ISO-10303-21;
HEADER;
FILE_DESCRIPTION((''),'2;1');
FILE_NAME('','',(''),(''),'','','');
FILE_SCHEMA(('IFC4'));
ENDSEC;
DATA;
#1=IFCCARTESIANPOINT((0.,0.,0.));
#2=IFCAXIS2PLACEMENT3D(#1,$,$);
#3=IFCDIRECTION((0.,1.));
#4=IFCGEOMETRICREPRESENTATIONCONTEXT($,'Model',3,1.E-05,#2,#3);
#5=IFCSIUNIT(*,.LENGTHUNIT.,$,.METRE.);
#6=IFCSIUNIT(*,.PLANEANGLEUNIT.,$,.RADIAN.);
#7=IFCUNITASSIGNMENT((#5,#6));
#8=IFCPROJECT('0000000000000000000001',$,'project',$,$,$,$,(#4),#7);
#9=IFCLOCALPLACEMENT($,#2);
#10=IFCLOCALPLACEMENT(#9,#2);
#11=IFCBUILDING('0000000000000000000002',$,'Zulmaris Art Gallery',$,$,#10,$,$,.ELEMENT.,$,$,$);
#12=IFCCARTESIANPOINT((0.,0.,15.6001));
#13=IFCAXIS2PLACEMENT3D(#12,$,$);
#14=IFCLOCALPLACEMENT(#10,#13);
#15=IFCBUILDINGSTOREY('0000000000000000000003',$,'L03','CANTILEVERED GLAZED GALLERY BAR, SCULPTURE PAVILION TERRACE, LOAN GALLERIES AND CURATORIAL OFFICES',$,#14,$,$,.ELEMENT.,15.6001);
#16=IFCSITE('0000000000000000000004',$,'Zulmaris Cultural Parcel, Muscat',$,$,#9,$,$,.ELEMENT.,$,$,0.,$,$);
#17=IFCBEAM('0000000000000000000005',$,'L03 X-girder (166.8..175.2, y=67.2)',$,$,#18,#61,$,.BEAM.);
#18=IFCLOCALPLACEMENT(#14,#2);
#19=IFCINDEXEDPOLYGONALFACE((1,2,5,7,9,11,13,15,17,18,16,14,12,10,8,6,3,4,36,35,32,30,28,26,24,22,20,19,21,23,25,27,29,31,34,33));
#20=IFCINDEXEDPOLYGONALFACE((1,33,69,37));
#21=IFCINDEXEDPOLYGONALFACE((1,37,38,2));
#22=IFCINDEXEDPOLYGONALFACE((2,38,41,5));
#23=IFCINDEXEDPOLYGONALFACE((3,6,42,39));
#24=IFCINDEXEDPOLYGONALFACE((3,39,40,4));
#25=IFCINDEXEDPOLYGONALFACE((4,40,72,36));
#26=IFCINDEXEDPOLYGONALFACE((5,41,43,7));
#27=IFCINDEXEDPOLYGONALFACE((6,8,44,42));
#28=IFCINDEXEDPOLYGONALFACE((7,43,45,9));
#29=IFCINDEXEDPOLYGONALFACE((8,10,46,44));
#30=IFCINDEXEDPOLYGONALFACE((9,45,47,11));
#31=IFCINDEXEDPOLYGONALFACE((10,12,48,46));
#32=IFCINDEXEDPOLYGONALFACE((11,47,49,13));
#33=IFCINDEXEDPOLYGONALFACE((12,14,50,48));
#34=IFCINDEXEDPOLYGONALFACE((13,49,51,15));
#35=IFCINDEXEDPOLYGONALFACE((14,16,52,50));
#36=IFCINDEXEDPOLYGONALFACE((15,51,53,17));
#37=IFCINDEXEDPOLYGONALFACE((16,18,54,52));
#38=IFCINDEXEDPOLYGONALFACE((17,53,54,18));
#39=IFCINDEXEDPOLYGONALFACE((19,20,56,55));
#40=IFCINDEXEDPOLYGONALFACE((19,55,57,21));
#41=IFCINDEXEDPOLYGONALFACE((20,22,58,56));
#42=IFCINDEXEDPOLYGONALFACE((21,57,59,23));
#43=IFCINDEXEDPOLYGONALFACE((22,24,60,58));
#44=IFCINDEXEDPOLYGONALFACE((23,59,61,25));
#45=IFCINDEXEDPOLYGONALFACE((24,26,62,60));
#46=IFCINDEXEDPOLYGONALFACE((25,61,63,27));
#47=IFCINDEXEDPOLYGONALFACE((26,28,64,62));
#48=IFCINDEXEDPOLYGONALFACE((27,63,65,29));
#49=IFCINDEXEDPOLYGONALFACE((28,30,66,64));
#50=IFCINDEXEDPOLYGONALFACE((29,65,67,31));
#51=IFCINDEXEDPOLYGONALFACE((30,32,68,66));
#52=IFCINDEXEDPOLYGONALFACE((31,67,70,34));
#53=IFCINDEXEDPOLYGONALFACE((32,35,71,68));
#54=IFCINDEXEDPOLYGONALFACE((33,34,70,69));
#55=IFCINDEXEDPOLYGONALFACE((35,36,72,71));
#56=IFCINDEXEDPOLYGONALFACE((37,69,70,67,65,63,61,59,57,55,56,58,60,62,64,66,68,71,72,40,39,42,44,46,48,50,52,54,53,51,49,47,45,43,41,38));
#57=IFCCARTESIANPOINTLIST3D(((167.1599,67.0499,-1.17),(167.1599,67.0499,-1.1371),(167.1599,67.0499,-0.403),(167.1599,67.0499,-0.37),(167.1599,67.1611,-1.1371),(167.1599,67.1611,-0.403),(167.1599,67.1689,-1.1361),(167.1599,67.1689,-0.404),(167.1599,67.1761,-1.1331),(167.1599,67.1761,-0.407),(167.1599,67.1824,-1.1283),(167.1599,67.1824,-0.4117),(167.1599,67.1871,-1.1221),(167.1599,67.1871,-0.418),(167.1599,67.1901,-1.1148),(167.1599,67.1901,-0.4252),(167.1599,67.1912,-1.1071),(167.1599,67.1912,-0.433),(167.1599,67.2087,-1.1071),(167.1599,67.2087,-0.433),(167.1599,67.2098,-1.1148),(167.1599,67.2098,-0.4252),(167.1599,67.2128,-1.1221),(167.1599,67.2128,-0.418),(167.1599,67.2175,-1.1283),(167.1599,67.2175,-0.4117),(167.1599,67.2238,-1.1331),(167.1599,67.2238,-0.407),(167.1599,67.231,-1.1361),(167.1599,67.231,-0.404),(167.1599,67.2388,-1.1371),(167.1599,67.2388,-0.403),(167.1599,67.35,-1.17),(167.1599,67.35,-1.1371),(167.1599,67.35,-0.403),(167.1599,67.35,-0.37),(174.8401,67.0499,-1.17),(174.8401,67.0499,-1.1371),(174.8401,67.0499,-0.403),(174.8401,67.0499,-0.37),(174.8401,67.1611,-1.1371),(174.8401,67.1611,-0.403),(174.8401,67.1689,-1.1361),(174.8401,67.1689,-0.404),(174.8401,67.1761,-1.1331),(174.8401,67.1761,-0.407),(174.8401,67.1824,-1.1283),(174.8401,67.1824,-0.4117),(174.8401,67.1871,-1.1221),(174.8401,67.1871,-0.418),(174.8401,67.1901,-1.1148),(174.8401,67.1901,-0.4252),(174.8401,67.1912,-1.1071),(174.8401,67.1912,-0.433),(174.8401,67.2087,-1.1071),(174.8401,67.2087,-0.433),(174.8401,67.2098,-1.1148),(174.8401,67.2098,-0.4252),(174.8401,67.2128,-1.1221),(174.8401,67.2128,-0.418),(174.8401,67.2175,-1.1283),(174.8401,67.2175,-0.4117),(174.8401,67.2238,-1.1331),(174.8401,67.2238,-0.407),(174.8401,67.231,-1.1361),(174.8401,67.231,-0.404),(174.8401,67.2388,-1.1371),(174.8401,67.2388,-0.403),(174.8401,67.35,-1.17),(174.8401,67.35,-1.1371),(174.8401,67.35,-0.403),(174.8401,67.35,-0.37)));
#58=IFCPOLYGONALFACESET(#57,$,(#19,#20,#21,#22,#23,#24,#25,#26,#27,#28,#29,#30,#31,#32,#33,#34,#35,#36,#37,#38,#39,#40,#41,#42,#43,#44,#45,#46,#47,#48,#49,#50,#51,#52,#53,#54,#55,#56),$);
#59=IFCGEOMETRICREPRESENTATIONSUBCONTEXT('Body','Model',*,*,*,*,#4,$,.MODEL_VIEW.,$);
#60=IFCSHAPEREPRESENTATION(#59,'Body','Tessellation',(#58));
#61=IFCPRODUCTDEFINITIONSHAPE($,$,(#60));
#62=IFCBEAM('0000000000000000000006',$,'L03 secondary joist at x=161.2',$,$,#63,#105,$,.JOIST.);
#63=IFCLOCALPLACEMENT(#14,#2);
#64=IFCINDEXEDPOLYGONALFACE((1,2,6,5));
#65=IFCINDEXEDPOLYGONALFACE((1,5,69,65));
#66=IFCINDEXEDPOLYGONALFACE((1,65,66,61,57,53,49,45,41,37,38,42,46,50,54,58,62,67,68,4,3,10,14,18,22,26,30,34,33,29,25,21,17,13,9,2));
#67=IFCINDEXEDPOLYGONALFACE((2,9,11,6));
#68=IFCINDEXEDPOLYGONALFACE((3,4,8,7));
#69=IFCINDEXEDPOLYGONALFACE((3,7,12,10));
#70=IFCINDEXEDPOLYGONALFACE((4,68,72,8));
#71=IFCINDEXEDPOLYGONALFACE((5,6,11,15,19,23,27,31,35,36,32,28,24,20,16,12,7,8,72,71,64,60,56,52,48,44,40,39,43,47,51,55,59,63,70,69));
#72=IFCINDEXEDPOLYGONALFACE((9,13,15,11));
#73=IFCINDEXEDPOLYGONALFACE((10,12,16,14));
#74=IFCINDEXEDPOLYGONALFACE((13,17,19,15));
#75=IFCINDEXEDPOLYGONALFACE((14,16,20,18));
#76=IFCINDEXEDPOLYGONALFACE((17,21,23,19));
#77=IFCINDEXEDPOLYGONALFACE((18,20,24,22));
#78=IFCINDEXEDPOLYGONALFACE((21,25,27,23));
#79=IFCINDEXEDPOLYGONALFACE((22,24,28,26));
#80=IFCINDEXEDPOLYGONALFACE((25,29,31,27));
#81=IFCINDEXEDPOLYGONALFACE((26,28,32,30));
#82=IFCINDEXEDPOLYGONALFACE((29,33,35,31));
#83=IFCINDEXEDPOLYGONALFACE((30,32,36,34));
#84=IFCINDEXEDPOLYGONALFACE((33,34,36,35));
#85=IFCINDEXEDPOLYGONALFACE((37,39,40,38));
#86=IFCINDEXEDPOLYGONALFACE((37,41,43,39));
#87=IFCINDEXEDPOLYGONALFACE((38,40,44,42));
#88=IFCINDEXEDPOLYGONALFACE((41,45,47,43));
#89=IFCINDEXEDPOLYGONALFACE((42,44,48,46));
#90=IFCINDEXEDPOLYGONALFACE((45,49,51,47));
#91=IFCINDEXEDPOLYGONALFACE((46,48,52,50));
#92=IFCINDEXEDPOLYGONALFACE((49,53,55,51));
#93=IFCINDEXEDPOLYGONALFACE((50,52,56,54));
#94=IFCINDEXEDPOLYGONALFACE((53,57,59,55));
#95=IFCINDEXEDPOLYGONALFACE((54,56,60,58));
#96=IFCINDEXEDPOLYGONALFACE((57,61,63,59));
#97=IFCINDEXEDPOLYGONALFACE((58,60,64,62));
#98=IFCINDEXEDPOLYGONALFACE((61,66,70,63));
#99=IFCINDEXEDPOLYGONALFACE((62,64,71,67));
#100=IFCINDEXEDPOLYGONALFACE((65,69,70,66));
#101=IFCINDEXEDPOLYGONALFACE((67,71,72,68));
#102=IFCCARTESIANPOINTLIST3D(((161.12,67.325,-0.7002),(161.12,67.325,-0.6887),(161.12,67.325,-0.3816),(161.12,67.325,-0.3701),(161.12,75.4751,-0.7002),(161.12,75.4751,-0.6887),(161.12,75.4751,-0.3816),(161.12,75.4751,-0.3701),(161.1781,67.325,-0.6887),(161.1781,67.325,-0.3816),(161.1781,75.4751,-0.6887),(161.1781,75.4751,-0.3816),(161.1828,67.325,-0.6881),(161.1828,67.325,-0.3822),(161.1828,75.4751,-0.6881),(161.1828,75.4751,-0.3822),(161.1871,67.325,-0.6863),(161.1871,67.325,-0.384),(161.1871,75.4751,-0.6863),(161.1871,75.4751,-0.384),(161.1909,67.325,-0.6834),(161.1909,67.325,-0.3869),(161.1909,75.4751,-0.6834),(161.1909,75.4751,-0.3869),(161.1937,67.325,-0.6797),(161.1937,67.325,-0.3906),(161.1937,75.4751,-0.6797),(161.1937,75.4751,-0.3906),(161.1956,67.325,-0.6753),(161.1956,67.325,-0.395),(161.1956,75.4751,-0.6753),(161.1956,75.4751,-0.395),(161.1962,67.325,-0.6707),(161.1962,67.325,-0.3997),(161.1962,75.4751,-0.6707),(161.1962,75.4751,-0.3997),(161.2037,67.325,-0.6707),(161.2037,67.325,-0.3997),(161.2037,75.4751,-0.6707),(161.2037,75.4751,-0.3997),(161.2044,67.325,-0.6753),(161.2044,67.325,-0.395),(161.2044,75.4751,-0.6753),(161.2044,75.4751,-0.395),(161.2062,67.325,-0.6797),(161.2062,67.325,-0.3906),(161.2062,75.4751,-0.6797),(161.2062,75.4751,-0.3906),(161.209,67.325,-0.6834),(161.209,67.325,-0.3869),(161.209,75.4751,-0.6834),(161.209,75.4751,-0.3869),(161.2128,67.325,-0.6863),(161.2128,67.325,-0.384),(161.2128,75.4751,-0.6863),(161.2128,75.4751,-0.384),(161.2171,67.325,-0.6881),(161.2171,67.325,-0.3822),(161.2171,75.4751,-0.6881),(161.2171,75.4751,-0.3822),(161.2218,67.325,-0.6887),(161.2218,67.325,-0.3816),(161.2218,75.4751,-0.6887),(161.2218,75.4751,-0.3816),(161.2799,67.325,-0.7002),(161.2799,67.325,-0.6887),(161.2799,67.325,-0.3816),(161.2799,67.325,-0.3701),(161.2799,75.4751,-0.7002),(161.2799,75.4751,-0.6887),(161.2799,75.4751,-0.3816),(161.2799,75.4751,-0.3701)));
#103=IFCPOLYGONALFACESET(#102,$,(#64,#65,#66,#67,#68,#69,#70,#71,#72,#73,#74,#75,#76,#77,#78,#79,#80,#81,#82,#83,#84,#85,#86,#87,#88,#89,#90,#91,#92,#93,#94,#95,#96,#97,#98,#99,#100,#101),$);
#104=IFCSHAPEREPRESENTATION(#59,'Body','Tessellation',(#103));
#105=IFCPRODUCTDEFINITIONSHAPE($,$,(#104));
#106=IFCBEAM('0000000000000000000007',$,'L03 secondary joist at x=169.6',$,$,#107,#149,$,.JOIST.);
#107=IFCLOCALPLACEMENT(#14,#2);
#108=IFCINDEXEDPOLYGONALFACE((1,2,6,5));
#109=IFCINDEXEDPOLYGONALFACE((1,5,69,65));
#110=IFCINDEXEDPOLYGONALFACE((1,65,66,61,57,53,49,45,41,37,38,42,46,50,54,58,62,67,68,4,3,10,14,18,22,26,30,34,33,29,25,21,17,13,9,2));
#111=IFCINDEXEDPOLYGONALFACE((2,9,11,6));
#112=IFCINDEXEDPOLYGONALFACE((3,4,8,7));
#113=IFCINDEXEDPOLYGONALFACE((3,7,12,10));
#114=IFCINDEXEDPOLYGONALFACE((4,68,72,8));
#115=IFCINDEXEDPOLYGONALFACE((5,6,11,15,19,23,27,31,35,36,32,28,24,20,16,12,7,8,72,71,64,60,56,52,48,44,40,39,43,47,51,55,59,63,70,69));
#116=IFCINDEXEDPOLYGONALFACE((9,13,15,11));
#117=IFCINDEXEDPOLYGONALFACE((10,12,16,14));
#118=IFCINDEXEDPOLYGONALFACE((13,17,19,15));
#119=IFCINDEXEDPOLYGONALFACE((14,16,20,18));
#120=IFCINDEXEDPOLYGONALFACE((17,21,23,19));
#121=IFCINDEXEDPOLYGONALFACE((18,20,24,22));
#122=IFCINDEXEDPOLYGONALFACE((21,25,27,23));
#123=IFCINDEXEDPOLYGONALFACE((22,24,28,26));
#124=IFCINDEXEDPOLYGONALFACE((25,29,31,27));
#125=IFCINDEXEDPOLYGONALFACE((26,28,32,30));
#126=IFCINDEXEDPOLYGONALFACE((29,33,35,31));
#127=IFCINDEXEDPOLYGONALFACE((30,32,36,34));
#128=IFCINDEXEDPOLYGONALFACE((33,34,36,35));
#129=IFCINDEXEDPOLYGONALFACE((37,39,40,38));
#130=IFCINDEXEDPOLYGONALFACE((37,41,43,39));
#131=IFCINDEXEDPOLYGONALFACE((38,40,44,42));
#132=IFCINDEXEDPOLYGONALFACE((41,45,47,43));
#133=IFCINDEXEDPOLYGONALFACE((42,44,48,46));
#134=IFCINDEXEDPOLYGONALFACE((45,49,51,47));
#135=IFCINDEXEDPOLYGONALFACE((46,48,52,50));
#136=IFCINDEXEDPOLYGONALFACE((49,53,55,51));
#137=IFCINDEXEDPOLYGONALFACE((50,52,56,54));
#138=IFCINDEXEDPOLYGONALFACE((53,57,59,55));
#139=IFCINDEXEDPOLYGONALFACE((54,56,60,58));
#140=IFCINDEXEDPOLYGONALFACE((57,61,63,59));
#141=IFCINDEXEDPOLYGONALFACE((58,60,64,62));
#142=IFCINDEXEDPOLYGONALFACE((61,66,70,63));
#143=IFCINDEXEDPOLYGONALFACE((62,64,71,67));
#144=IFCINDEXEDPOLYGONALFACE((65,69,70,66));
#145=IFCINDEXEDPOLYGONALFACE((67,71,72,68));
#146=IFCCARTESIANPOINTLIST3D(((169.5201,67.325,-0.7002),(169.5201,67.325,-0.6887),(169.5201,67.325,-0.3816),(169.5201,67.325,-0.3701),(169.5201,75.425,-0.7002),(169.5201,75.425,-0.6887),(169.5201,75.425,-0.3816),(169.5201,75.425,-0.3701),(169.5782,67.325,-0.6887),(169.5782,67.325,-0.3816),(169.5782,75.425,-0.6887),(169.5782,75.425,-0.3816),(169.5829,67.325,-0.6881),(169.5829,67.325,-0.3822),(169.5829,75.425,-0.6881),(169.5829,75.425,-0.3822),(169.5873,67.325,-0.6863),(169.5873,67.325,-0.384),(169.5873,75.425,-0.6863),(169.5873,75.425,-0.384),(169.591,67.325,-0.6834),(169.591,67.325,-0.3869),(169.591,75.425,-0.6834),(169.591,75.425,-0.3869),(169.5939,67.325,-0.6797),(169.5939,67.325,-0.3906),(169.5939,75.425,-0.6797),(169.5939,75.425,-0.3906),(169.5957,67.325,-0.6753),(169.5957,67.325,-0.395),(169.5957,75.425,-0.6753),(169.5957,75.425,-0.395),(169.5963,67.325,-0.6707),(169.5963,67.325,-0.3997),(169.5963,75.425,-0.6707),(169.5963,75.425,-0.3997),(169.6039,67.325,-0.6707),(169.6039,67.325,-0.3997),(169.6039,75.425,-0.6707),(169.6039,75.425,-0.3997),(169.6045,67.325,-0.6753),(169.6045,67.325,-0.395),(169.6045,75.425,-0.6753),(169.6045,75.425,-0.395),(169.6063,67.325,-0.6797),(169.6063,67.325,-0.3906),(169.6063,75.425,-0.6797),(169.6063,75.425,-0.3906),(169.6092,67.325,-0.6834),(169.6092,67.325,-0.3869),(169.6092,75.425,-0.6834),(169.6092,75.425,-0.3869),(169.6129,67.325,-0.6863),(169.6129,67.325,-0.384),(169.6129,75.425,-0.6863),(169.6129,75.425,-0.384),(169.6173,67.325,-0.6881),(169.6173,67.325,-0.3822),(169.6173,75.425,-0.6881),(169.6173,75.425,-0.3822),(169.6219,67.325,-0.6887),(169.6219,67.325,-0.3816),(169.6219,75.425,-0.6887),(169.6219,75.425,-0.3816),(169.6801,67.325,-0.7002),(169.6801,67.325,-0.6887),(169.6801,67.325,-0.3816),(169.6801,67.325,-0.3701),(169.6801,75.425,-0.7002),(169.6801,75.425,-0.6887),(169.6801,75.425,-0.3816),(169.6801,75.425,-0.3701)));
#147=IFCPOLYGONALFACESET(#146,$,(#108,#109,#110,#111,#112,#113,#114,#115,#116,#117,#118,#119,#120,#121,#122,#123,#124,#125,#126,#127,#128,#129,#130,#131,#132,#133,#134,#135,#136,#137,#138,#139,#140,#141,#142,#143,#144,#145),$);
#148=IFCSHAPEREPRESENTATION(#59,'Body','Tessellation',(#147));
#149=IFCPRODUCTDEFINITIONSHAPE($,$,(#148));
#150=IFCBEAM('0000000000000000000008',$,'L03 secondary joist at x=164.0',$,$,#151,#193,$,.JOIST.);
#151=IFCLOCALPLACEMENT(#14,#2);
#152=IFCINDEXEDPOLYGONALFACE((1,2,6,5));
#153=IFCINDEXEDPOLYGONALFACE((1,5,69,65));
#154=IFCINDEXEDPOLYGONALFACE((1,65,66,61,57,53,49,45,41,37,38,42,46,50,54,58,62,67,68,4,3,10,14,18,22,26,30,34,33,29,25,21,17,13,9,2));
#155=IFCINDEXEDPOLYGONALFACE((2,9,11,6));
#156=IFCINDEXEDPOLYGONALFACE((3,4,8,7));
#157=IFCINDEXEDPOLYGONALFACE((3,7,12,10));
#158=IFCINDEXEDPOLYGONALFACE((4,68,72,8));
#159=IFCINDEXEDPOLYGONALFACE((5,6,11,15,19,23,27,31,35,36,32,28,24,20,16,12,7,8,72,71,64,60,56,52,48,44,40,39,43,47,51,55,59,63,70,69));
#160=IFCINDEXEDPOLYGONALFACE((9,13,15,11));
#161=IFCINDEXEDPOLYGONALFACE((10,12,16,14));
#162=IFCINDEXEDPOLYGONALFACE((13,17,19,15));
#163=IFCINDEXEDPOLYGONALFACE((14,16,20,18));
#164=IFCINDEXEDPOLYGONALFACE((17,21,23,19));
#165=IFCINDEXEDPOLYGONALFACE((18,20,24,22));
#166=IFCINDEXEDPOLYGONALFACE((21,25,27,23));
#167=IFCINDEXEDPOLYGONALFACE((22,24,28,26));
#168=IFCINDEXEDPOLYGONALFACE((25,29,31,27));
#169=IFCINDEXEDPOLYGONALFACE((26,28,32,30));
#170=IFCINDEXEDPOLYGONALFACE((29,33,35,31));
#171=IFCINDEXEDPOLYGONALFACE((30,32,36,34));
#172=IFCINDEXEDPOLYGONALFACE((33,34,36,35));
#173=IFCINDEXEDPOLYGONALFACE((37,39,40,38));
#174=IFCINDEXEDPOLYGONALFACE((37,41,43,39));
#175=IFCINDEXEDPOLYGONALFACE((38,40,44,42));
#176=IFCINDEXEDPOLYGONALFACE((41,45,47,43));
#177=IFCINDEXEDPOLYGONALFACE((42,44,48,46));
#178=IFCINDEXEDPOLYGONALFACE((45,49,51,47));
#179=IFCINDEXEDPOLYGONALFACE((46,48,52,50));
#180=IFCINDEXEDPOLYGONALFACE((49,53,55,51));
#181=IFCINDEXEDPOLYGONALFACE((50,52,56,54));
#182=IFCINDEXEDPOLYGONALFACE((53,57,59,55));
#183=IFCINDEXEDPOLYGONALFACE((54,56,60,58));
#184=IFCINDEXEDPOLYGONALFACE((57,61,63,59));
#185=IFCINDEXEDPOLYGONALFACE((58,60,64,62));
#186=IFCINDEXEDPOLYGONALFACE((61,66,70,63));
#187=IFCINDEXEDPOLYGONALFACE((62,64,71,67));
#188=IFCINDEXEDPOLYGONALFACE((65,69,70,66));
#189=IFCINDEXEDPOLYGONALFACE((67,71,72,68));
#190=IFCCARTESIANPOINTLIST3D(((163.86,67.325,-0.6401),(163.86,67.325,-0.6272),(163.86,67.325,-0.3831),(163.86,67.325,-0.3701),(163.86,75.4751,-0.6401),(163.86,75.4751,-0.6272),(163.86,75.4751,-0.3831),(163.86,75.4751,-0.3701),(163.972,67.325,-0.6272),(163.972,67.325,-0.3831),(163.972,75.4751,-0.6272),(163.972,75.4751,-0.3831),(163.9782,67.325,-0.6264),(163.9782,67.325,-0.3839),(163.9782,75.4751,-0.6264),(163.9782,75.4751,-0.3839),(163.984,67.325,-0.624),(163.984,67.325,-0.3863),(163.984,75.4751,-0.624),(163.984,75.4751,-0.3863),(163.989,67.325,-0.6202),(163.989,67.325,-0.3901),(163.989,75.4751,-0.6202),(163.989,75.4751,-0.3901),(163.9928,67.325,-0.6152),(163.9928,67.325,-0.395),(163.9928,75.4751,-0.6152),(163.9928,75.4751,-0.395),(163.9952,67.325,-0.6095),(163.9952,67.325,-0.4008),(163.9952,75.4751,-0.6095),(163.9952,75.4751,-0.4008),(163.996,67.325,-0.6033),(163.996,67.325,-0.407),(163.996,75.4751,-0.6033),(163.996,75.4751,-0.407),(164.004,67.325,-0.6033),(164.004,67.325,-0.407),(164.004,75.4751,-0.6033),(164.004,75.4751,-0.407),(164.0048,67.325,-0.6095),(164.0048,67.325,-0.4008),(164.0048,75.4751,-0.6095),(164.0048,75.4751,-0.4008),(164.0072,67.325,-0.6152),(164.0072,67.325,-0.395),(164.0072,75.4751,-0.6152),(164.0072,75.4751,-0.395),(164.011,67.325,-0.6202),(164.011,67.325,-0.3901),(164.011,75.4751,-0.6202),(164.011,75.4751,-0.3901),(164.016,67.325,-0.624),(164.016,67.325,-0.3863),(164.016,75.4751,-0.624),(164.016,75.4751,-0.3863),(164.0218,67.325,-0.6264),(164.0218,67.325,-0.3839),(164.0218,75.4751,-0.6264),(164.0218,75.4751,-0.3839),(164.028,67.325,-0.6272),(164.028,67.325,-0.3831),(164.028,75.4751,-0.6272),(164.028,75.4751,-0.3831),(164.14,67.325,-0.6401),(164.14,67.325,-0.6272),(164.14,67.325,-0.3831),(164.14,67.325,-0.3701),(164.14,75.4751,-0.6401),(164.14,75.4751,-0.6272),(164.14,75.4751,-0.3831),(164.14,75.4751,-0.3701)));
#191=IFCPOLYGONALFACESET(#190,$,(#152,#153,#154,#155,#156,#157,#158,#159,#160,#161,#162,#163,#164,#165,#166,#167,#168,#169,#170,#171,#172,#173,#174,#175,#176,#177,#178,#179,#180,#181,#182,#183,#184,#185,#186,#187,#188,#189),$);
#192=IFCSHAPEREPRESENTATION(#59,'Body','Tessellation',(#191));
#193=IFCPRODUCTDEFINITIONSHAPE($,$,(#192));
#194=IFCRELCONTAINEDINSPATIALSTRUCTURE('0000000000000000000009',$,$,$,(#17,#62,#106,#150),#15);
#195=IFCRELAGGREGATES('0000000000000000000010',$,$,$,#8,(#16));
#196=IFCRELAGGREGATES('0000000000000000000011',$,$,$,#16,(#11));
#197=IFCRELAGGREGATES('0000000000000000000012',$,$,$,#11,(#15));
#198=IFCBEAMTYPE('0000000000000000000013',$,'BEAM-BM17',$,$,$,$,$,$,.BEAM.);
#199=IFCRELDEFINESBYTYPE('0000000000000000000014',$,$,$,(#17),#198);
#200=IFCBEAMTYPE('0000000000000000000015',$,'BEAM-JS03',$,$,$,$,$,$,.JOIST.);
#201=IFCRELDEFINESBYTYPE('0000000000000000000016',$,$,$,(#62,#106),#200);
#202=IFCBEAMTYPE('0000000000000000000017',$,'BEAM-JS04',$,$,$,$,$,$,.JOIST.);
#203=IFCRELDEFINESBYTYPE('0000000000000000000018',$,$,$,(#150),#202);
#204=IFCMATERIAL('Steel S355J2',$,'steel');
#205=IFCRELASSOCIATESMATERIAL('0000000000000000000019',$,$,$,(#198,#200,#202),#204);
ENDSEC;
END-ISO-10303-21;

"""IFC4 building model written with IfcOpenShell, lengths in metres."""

from ifc_helpers import new_model, si_unit, direction, frame, origin, origin_2d, place, context, subcontext, project, spatial, i_section, extrude, material, material_profile, profile_set, type_object, element, save


model = new_model("IFC4")

# Units and contexts
model_context = context("Model", 3, precision=1e-05, world=origin(), true_north=direction((0.0, 1.0)))
body_context = subcontext(model_context, "Body", "Model", "MODEL_VIEW")
ifc_project = project(units=[si_unit("LENGTHUNIT", "METRE"), si_unit("PLANEANGLEUNIT", "RADIAN")], contexts=[model_context])

# Site, building, storey
site_placement = place(None, origin())
site = spatial("IfcSite", under=ifc_project, at=site_placement, Name="Zulmaris Cultural Parcel, Muscat", CompositionType="ELEMENT", RefElevation=0.0)
building_placement = place(site_placement, origin())
building = spatial("IfcBuilding", under=site, at=building_placement, Name="Zulmaris Art Gallery", CompositionType="ELEMENT")
storey_placement = place(building_placement, frame((0.0, 0.0, 15.6001)))
storey = spatial("IfcBuildingStorey", under=building, at=storey_placement, Name="L03", Description="CANTILEVERED GLAZED GALLERY BAR, SCULPTURE PAVILION TERRACE, LOAN GALLERIES AND CURATORIAL OFFICES", CompositionType="ELEMENT", Elevation=15.6001)

# Beams
ifc_material_1 = material(Name="Steel S355J2", Category="steel")
ifc_material_profile_1 = material_profile(ifc_material_1, i_section(OverallWidth=0.3, OverallDepth=0.8, WebThickness=0.0176, FlangeThickness=0.033, FilletRadius=0.03, at=origin_2d()), Name="HEB 800")
ifc_profile_set_1 = profile_set([ifc_material_profile_1], Name="Steel S355J2")
beam_type_1 = type_object("IfcBeamType", Name="BEAM-BM17", PredefinedType="BEAM", material=ifc_profile_set_1)
beam_1_placement = place(storey_placement, frame((167.1599, 67.2, -0.77), z_axis=(1.0, 0.0, 0.0), x_axis=(0.0, 1.0, 0.0)))
element("IfcBeam", 1, at=beam_1_placement, inside=storey, type_object=beam_type_1, Name="L03 X-girder (166.8..175.2, y=67.2)", PredefinedType="BEAM", context=body_context, shape_type="SweptSolid", body=[
    extrude(i_section(OverallWidth=0.3, OverallDepth=0.8, WebThickness=0.0176, FlangeThickness=0.033, FilletRadius=0.03, at=origin_2d()), origin(), (0.0, 0.0, 1.0), 7.6802),
])
ifc_material_profile_2 = material_profile(ifc_material_1, i_section(OverallWidth=0.1599, OverallDepth=0.3301, WebThickness=0.0076, FlangeThickness=0.0115, FilletRadius=0.0181, at=origin_2d()), Name="IPE 330")
ifc_profile_set_2 = profile_set([ifc_material_profile_2], Name="Steel S355J2")
beam_type_2 = type_object("IfcBeamType", Name="BEAM-JS03", PredefinedType="JOIST", material=ifc_profile_set_2)
beam_2_placement = place(storey_placement, frame((161.2, 67.325, -0.5352), z_axis=(0.0, 1.0, 0.0), x_axis=(-1.0, 0.0, 0.0)))
element("IfcBeam", 2, at=beam_2_placement, inside=storey, type_object=beam_type_2, Name="L03 secondary joist at x=161.2", PredefinedType="JOIST", context=body_context, shape_type="SweptSolid", body=[
    extrude(i_section(OverallWidth=0.1599, OverallDepth=0.3301, WebThickness=0.0076, FlangeThickness=0.0115, FilletRadius=0.0181, at=origin_2d()), origin(), (0.0, 0.0, 1.0), 8.1501),
])
beam_3_placement = place(storey_placement, frame((169.6001, 67.325, -0.5352), z_axis=(0.0, 1.0, 0.0), x_axis=(-1.0, 0.0, 0.0)))
element("IfcBeam", 3, at=beam_3_placement, inside=storey, type_object=beam_type_2, Name="L03 secondary joist at x=169.6", PredefinedType="JOIST", context=body_context, shape_type="SweptSolid", body=[
    extrude(i_section(OverallWidth=0.1599, OverallDepth=0.3301, WebThickness=0.0076, FlangeThickness=0.0115, FilletRadius=0.0181, at=origin_2d()), origin(), (0.0, 0.0, 1.0), 8.1001),
])
ifc_material_profile_3 = material_profile(ifc_material_1, i_section(OverallWidth=0.28, OverallDepth=0.27, WebThickness=0.0081, FlangeThickness=0.0129, FilletRadius=0.0239, at=origin_2d()), Name="HEA 280")
ifc_profile_set_3 = profile_set([ifc_material_profile_3], Name="Steel S355J2")
beam_type_3 = type_object("IfcBeamType", Name="BEAM-JS04", PredefinedType="JOIST", material=ifc_profile_set_3)
beam_4_placement = place(storey_placement, frame((164.0, 67.325, -0.5051), z_axis=(0.0, 1.0, 0.0), x_axis=(-1.0, 0.0, 0.0)))
element("IfcBeam", 4, at=beam_4_placement, inside=storey, type_object=beam_type_3, Name="L03 secondary joist at x=164.0", PredefinedType="JOIST", context=body_context, shape_type="SweptSolid", body=[
    extrude(i_section(OverallWidth=0.28, OverallDepth=0.27, WebThickness=0.0081, FlangeThickness=0.0129, FilletRadius=0.0239, at=origin_2d()), origin(), (0.0, 0.0, 1.0), 8.1501),
])

save(model, "model.ifc")
